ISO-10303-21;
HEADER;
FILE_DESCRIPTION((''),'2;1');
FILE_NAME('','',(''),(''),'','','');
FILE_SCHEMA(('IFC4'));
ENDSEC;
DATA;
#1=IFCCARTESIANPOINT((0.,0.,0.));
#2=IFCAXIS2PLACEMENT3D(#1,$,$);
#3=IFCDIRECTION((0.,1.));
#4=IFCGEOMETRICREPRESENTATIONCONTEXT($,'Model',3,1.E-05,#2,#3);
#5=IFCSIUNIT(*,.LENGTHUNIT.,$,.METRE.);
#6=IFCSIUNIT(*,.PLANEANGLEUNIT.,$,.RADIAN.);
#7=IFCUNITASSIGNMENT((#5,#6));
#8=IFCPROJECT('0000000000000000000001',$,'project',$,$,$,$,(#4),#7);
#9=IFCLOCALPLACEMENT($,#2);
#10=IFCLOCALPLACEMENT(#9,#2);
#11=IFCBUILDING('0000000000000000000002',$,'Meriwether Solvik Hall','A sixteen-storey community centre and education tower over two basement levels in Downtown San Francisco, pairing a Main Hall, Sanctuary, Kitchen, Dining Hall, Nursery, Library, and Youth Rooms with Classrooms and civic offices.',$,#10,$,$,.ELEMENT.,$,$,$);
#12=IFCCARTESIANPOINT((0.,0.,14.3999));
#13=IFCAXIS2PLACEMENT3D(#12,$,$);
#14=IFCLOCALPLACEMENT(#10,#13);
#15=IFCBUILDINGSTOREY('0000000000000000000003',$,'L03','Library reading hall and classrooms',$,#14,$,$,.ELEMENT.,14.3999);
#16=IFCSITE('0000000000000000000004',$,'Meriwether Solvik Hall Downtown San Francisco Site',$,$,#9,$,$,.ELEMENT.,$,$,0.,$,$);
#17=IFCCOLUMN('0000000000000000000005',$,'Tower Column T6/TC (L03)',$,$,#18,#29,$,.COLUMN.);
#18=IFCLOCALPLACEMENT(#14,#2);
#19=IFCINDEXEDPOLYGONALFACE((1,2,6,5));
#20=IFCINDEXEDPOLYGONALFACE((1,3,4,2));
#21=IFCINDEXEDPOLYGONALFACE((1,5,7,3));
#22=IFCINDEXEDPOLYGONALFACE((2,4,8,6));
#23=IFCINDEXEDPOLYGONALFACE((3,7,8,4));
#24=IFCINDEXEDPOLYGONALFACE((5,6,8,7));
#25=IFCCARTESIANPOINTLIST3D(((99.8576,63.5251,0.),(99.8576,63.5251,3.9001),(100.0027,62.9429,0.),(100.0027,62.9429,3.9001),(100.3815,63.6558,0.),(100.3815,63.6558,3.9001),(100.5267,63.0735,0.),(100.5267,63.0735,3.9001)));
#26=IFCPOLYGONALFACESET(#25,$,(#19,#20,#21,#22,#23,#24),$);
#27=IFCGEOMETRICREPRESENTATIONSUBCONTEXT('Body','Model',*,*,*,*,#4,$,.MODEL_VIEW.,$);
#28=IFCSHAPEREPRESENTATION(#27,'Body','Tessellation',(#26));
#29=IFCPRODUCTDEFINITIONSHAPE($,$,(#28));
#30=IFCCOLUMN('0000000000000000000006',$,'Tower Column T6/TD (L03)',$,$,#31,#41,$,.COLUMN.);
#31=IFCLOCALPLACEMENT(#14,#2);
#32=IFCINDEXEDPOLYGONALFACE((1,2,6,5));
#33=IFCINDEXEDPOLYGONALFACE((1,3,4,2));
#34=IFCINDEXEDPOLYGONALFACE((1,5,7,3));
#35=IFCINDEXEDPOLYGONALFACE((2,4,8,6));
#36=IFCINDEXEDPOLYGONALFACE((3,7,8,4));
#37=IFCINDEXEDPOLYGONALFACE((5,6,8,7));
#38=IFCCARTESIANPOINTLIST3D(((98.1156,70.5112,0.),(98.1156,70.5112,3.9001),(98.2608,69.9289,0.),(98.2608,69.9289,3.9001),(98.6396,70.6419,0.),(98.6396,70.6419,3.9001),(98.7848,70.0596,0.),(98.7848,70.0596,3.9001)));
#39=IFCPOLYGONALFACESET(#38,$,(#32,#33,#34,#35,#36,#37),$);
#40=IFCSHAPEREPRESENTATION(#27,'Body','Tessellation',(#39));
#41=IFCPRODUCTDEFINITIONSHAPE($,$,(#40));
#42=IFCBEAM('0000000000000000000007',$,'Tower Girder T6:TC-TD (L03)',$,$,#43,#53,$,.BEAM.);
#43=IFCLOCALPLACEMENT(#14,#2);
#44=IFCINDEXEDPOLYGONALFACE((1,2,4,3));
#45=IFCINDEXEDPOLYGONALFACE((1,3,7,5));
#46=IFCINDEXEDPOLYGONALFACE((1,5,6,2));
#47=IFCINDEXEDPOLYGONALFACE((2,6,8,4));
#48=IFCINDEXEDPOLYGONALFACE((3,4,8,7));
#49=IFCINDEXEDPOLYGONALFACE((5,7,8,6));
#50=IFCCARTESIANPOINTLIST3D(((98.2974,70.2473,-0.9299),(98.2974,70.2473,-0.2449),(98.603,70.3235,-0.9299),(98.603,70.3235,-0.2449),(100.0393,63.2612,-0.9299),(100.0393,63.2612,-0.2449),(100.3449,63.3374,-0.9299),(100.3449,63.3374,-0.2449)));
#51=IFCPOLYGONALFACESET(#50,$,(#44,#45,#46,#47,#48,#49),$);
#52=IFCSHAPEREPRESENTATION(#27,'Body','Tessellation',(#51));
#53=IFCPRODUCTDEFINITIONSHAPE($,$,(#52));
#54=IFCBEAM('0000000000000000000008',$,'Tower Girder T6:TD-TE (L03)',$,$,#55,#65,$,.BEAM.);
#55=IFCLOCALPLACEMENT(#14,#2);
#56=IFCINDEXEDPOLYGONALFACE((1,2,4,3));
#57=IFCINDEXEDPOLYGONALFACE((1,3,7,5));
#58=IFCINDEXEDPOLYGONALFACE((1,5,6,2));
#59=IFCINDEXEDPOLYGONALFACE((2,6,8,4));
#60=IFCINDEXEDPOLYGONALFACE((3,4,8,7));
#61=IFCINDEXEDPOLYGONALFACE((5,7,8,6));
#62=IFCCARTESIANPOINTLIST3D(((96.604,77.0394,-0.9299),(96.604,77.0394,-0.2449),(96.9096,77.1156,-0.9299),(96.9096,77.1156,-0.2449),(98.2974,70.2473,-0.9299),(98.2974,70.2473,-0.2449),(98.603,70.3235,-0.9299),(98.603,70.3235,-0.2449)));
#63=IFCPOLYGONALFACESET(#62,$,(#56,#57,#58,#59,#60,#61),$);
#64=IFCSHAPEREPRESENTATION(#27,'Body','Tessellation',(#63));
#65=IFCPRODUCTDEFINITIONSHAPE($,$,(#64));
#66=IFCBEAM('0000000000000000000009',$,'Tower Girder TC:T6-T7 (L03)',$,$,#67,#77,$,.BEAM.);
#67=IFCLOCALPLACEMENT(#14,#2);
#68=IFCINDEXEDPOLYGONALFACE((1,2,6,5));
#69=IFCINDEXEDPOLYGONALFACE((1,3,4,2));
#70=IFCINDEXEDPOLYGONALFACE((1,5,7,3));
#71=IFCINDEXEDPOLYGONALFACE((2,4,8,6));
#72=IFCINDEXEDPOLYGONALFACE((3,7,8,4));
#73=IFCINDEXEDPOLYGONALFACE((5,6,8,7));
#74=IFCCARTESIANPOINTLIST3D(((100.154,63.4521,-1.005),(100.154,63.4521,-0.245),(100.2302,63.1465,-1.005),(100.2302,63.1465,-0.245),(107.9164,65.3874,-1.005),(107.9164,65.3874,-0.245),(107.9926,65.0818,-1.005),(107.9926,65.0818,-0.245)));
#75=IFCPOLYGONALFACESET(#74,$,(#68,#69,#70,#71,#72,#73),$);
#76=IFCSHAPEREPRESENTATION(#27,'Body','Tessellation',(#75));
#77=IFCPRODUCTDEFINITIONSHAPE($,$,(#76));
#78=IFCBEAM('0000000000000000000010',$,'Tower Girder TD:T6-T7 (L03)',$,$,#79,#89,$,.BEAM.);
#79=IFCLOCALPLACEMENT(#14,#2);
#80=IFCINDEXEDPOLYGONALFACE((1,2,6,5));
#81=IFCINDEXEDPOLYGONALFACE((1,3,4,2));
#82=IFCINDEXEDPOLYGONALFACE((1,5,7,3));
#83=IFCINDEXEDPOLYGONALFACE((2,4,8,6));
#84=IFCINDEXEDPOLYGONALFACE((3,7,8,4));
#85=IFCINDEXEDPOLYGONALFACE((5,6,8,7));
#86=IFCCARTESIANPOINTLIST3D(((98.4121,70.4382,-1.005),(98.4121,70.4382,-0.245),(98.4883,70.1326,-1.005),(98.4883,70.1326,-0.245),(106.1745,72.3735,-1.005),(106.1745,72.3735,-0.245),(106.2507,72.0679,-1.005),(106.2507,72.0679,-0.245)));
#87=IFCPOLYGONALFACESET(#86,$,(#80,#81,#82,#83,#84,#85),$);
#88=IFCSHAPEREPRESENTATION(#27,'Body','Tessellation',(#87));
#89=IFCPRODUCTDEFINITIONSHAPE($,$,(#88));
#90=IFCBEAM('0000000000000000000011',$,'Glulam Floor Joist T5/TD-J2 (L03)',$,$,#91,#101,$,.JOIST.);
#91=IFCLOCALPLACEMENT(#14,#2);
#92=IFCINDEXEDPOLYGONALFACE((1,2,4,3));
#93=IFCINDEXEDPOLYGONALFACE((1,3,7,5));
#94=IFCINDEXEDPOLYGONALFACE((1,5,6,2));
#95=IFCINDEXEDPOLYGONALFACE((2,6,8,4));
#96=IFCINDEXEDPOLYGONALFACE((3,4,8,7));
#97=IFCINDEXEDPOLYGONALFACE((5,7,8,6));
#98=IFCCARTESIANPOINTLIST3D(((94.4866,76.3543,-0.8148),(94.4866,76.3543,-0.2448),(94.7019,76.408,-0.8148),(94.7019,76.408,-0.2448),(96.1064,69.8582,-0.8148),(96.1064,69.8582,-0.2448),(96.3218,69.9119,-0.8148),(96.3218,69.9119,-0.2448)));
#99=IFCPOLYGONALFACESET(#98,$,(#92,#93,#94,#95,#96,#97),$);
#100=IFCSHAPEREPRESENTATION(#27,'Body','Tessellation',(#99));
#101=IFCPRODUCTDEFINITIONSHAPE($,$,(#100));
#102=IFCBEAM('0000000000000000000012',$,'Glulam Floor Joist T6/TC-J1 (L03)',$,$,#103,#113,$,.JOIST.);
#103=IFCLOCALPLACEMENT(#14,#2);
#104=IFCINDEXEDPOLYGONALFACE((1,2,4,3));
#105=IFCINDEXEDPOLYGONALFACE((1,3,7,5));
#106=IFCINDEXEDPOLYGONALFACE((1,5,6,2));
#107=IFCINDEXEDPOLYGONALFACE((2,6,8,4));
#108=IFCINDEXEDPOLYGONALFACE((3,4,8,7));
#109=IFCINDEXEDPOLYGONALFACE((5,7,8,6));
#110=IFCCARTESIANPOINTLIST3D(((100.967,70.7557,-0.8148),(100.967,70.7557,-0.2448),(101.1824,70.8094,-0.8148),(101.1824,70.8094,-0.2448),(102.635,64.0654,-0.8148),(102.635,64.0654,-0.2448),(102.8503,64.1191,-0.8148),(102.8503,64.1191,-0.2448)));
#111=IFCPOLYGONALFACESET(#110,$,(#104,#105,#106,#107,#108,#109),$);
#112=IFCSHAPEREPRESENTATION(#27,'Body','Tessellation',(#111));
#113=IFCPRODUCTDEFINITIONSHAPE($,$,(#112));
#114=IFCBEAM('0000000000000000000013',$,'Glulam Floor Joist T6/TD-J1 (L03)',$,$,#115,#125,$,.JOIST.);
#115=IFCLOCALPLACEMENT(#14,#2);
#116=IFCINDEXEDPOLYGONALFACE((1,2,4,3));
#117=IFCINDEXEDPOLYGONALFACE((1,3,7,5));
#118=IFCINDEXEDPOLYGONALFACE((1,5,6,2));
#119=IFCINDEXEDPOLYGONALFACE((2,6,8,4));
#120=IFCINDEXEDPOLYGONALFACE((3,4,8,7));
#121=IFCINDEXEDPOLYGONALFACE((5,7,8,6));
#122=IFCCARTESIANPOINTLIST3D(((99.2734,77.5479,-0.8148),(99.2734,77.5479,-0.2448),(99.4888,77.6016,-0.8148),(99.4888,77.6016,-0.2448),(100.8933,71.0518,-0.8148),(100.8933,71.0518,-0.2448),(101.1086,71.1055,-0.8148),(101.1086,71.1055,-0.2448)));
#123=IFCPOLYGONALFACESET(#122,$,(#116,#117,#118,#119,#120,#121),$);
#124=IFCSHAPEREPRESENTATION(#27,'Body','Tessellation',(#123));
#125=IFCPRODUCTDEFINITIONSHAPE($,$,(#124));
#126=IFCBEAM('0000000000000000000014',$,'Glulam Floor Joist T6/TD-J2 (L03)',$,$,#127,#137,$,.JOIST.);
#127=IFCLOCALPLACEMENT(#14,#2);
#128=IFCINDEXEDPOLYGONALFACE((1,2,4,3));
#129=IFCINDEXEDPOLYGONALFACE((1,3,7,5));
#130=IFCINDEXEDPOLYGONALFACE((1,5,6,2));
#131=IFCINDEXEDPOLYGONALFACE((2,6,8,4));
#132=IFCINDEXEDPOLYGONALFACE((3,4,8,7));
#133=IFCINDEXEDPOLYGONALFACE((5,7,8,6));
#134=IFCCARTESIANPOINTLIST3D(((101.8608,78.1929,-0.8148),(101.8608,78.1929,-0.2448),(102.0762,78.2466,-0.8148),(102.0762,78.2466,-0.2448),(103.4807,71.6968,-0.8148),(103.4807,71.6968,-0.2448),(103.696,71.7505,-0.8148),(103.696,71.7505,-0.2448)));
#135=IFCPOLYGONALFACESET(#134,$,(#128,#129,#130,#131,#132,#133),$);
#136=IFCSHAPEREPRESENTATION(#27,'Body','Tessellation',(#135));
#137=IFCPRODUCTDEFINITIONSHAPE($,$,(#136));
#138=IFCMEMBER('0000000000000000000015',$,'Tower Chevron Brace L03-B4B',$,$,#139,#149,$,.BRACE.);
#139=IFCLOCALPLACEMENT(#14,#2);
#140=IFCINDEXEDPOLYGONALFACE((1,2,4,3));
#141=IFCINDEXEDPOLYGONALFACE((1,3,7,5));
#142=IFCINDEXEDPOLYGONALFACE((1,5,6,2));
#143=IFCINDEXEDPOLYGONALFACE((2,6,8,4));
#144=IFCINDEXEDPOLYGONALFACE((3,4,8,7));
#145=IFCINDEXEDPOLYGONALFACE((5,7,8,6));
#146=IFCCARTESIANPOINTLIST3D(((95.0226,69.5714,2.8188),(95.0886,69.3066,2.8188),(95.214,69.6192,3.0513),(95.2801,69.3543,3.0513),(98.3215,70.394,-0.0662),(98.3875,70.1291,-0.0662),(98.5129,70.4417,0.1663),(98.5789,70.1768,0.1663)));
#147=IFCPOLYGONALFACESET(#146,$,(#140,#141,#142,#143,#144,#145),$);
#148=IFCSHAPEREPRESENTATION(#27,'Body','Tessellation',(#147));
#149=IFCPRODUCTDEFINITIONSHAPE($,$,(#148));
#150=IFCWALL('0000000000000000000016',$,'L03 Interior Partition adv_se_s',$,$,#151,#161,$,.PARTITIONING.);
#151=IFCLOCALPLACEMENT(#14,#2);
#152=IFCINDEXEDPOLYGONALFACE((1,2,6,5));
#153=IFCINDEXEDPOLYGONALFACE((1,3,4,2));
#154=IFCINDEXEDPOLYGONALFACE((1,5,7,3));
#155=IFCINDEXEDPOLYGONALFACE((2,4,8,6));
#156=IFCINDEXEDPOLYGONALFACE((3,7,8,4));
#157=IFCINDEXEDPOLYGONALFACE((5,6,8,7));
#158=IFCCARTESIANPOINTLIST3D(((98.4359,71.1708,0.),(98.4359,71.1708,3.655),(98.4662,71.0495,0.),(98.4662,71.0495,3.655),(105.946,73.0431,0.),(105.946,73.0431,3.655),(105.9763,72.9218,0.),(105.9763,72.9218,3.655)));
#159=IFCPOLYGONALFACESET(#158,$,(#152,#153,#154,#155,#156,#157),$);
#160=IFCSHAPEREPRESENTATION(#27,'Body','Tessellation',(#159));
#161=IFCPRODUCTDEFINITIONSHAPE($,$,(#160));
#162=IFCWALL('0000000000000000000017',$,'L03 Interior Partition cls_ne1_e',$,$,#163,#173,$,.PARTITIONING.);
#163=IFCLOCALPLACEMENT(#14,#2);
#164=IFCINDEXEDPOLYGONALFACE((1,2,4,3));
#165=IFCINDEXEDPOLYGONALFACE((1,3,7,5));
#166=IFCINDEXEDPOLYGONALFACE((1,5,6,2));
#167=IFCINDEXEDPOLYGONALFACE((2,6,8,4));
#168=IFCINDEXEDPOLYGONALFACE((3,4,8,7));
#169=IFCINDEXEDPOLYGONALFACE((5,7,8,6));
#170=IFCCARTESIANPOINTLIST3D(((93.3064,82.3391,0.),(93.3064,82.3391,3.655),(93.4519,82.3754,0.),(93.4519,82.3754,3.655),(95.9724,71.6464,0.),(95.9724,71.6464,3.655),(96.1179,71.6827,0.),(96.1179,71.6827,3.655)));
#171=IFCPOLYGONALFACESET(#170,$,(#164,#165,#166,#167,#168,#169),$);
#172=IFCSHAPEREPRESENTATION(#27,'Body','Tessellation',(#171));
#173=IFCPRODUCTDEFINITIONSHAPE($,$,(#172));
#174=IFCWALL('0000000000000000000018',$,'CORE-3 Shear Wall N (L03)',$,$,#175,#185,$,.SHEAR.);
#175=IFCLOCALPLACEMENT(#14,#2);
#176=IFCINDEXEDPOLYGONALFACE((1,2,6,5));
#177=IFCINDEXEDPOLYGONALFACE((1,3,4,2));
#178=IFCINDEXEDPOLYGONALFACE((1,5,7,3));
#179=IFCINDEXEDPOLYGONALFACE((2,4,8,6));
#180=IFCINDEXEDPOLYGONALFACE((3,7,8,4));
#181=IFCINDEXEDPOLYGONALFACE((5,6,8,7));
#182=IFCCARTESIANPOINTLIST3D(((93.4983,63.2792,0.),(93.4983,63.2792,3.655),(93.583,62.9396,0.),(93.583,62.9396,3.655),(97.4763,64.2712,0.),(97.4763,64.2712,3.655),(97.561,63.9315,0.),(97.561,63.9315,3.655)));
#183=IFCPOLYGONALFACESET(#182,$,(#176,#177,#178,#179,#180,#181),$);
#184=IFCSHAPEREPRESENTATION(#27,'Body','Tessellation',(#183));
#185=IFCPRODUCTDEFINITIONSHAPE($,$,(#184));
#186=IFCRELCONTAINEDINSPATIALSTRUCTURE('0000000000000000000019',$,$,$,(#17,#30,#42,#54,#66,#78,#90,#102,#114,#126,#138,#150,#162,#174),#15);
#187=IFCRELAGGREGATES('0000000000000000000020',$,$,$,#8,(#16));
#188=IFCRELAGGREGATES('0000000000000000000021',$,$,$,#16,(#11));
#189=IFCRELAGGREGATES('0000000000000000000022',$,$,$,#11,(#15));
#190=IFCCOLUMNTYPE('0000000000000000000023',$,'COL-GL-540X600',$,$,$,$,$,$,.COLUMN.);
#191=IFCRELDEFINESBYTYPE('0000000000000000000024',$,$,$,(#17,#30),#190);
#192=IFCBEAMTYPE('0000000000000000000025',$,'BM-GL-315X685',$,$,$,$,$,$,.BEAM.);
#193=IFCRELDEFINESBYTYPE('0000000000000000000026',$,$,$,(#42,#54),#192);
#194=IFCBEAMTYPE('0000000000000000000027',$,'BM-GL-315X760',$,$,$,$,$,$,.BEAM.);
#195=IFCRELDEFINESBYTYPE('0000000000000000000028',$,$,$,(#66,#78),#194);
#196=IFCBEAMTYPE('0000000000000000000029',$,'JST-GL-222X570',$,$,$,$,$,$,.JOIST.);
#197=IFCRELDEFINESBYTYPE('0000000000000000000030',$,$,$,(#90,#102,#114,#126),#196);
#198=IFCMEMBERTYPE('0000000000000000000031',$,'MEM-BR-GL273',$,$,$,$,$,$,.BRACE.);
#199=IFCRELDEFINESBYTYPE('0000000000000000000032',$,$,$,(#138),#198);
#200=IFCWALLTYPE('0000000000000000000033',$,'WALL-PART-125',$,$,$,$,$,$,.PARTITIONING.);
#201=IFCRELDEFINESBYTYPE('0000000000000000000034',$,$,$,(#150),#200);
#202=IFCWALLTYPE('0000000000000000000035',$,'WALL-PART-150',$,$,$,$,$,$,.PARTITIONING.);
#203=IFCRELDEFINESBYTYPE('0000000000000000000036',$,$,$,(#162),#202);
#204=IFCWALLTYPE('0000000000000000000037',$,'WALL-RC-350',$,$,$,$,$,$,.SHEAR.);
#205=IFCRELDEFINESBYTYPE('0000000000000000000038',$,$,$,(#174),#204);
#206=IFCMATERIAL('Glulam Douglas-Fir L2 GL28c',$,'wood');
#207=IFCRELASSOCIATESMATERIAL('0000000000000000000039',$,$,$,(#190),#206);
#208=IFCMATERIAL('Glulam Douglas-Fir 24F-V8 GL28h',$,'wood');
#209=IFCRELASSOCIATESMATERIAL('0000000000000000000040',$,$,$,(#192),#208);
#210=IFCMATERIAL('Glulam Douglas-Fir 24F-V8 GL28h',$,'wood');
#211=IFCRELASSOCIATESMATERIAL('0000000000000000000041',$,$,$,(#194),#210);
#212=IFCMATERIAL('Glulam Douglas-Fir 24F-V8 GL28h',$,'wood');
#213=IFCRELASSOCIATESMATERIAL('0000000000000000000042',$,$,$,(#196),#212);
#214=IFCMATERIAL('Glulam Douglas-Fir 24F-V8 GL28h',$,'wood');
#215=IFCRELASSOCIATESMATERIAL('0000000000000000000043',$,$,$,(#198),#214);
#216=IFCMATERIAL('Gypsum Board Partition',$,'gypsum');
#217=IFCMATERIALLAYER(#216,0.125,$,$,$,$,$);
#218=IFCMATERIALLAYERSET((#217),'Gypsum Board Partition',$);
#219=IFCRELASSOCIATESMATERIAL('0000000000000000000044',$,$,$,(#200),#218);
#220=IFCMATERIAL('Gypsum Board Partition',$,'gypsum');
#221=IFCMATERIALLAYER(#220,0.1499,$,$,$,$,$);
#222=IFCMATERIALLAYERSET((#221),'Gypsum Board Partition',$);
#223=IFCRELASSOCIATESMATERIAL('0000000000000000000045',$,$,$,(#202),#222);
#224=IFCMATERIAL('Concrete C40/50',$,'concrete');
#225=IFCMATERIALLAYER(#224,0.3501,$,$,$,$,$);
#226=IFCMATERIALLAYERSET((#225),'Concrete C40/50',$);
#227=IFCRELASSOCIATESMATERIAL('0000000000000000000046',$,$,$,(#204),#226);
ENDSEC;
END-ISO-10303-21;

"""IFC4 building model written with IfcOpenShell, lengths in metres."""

from ifc_helpers import new_model, si_unit, direction, frame, frame_2d, origin, origin_2d, place, context, subcontext, project, spatial, rectangle, extrude, material, layer, layer_set, material_profile, profile_set, type_object, element, save


model = new_model("IFC4")

# Units and contexts
model_context = context("Model", 3, precision=1e-05, world=origin(), true_north=direction((0.0, 1.0)))
body_context = subcontext(model_context, "Body", "Model", "MODEL_VIEW")
ifc_project = project(units=[si_unit("LENGTHUNIT", "METRE"), si_unit("PLANEANGLEUNIT", "RADIAN")], contexts=[model_context])

# Site, building, storey
site_placement = place(None, origin())
site = spatial("IfcSite", under=ifc_project, at=site_placement, Name="Meriwether Solvik Hall Downtown San Francisco Site", CompositionType="ELEMENT", RefElevation=0.0)
building_placement = place(site_placement, origin())
building = spatial("IfcBuilding", under=site, at=building_placement, Name="Meriwether Solvik Hall", Description="A sixteen-storey community centre and education tower over two basement levels in Downtown San Francisco, pairing a Main Hall, Sanctuary, Kitchen, Dining Hall, Nursery, Library, and Youth Rooms with Classrooms and civic offices.", CompositionType="ELEMENT")
storey_placement = place(building_placement, frame((0.0, 0.0, 14.3999)))
storey = spatial("IfcBuildingStorey", under=building, at=storey_placement, Name="L03", Description="Library reading hall and classrooms", CompositionType="ELEMENT", Elevation=14.3999)

# Columns
ifc_material_1 = material(Name="Glulam Douglas-Fir L2 GL28c", Category="wood")
ifc_material_profile_1 = material_profile(ifc_material_1, rectangle(XDim=0.54, YDim=0.6001, at=origin_2d()), Name="GLC-540X600")
ifc_profile_set_1 = profile_set([ifc_material_profile_1], Name="Glulam Douglas-Fir L2 GL28c")
column_type = type_object("IfcColumnType", Name="COL-GL-540X600", PredefinedType="COLUMN", material=ifc_profile_set_1)
for number, where, z_axis, x_axis, name in (
    (1, (100.1921, 63.2993, 0.0), (0.0, 0.0, 1.0), (0.970296, 0.241922, 0.0), "Tower Column T6/TC (L03)"),
    (2, (98.4502, 70.2854, 0.0), (0.0, 0.0, 1.0), (0.970296, 0.241922, 0.0), "Tower Column T6/TD (L03)"),
):
    element("IfcColumn", number, at=place(storey_placement, frame(where, z_axis=z_axis, x_axis=x_axis)), inside=storey, type_object=column_type, Name=name, PredefinedType="COLUMN", context=body_context, shape_type="SweptSolid", body=[
        extrude(rectangle(XDim=0.54, YDim=0.6001, at=origin_2d()), origin(), (0.0, 0.0, 1.0), 3.9001),
    ])

# Beams
ifc_material_2 = material(Name="Glulam Douglas-Fir 24F-V8 GL28h", Category="wood")
ifc_material_profile_2 = material_profile(ifc_material_2, rectangle(XDim=0.3149, YDim=0.6851, at=origin_2d()), Name="GLB-315X685")
ifc_profile_set_2 = profile_set([ifc_material_profile_2], Name="Glulam Douglas-Fir 24F-V8 GL28h")
beam_type_1 = type_object("IfcBeamType", Name="BM-GL-315X685", PredefinedType="BEAM", material=ifc_profile_set_2)
beam_1_placement = place(storey_placement, frame((100.1921, 63.2993, -0.5874), z_axis=(-0.241937, 0.970292, 0.0), x_axis=(-0.970292, -0.241937, 0.0)))
element("IfcBeam", 3, at=beam_1_placement, inside=storey, type_object=beam_type_1, Name="Tower Girder T6:TC-TD (L03)", PredefinedType="BEAM", context=body_context, shape_type="SweptSolid", body=[
    extrude(rectangle(XDim=0.3149, YDim=0.6851, at=origin_2d()), origin(), (0.0, 0.0, 1.0), 7.2),
])
beam_2_placement = place(storey_placement, frame((98.4502, 70.2854, -0.5874), z_axis=(-0.241912, 0.970298, 0.0), x_axis=(-0.970298, -0.241912, 0.0)))
element("IfcBeam", 4, at=beam_2_placement, inside=storey, type_object=beam_type_1, Name="Tower Girder T6:TD-TE (L03)", PredefinedType="BEAM", context=body_context, shape_type="SweptSolid", body=[
    extrude(rectangle(XDim=0.3149, YDim=0.6851, at=origin_2d()), origin(), (0.0, 0.0, 1.0), 7.0),
])
ifc_material_3 = material(Name="Glulam Douglas-Fir 24F-V8 GL28h", Category="wood")
ifc_material_profile_3 = material_profile(ifc_material_3, rectangle(XDim=0.3149, YDim=0.76, at=origin_2d()), Name="GLB-315X760")
ifc_profile_set_3 = profile_set([ifc_material_profile_3], Name="Glulam Douglas-Fir 24F-V8 GL28h")
beam_type_2 = type_object("IfcBeamType", Name="BM-GL-315X760", PredefinedType="BEAM", material=ifc_profile_set_3)
for number, where, z_axis, x_axis, name in (
    (5, (100.1921, 63.2993, -0.625), (0.970298, 0.241911, 0.0), (-0.241911, 0.970298, 0.0), "Tower Girder TC:T6-T7 (L03)"),
    (6, (98.4502, 70.2854, -0.625), (0.970298, 0.241911, 0.0), (-0.241911, 0.970298, 0.0), "Tower Girder TD:T6-T7 (L03)"),
):
    element("IfcBeam", number, at=place(storey_placement, frame(where, z_axis=z_axis, x_axis=x_axis)), inside=storey, type_object=beam_type_2, Name=name, PredefinedType="BEAM", context=body_context, shape_type="SweptSolid", body=[
        extrude(rectangle(XDim=0.3149, YDim=0.76, at=origin_2d()), origin(), (0.0, 0.0, 1.0), 8.0),
    ])
ifc_material_4 = material(Name="Glulam Douglas-Fir 24F-V8 GL28h", Category="wood")
ifc_material_profile_4 = material_profile(ifc_material_4, rectangle(XDim=0.2219, YDim=0.5701, at=origin_2d()), Name="GLJ-222X570")
ifc_profile_set_4 = profile_set([ifc_material_profile_4], Name="Glulam Douglas-Fir 24F-V8 GL28h")
beam_type_3 = type_object("IfcBeamType", Name="JST-GL-222X570", PredefinedType="JOIST", material=ifc_profile_set_4)
beam_3_placement = place(storey_placement, frame((96.2141, 69.885, -0.5298), z_axis=(-0.241952, 0.970288, 0.0), x_axis=(-0.970288, -0.241952, 0.0)))
element("IfcBeam", 7, at=beam_3_placement, inside=storey, type_object=beam_type_3, Name="Glulam Floor Joist T5/TD-J2 (L03)", PredefinedType="JOIST", context=body_context, shape_type="SweptSolid", body=[
    extrude(rectangle(XDim=0.2219, YDim=0.5701, at=origin_2d()), origin(), (0.0, 0.0, 1.0), 6.6951),
])
beam_4_placement = place(storey_placement, frame((102.7427, 64.0923, -0.5298), z_axis=(-0.241911, 0.970299, 0.0), x_axis=(-0.970299, -0.241911, 0.0)))
element("IfcBeam", 8, at=beam_4_placement, inside=storey, type_object=beam_type_3, Name="Glulam Floor Joist T6/TC-J1 (L03)", PredefinedType="JOIST", context=body_context, shape_type="SweptSolid", body=[
    extrude(rectangle(XDim=0.2219, YDim=0.5701, at=origin_2d()), origin(), (0.0, 0.0, 1.0), 6.895),
])
for number, where, z_axis, x_axis, name in (
    (9, (101.001, 71.0786, -0.5298), (-0.241952, 0.970288, 0.0), (-0.970288, -0.241952, 0.0), "Glulam Floor Joist T6/TD-J1 (L03)"),
    (10, (103.5884, 71.7236, -0.5298), (-0.241952, 0.970288, 0.0), (-0.970288, -0.241952, 0.0), "Glulam Floor Joist T6/TD-J2 (L03)"),
):
    element("IfcBeam", number, at=place(storey_placement, frame(where, z_axis=z_axis, x_axis=x_axis)), inside=storey, type_object=beam_type_3, Name=name, PredefinedType="JOIST", context=body_context, shape_type="SweptSolid", body=[
        extrude(rectangle(XDim=0.2219, YDim=0.5701, at=origin_2d()), origin(), (0.0, 0.0, 1.0), 6.6951),
    ])

# Member
ifc_material_5 = material(Name="Glulam Douglas-Fir 24F-V8 GL28h", Category="wood")
ifc_material_profile_5 = material_profile(ifc_material_5, rectangle(XDim=0.2729, YDim=0.3049, at=origin_2d()), Name="GLM-273X305")
ifc_profile_set_5 = profile_set([ifc_material_profile_5], Name="Glulam Douglas-Fir 24F-V8 GL28h")
member_type = type_object("IfcMemberType", Name="MEM-BR-GL273", PredefinedType="BRACE", material=ifc_profile_set_5)
member_placement = place(storey_placement, frame((98.4502, 70.2854, 0.05), z_axis=(-0.739825, -0.184463, 0.647018), x_axis=(0.241927, -0.970294, 0.0)))
element("IfcMember", 11, at=member_placement, inside=storey, type_object=member_type, Name="Tower Chevron Brace L03-B4B", PredefinedType="BRACE", context=body_context, shape_type="SweptSolid", body=[
    extrude(rectangle(XDim=0.2729, YDim=0.3049, at=origin_2d()), origin(), (0.0, 0.0, 1.0), 4.459),
])

# Walls
ifc_material_6 = material(Name="Gypsum Board Partition", Category="gypsum")
ifc_layer_1 = layer(ifc_material_6, 0.125)
ifc_layer_set_1 = layer_set([ifc_layer_1], Name="Gypsum Board Partition")
wall_type_1 = type_object("IfcWallType", Name="WALL-PART-125", PredefinedType="PARTITIONING", material=ifc_layer_set_1)
wall_1_placement = place(storey_placement, frame((98.4509, 71.1101, 0.0), z_axis=(0.0, 0.0, 1.0), x_axis=(0.9703, 0.241905, 0.0)))
element("IfcWall", 12, at=wall_1_placement, inside=storey, type_object=wall_type_1, Name="L03 Interior Partition adv_se_s", PredefinedType="PARTITIONING", context=body_context, shape_type="SweptSolid", body=[
    extrude(rectangle(XDim=7.74, YDim=0.125, at=frame_2d((3.8701, 0.0))), origin(), (0.0, 0.0, 1.0), 3.655),
])
ifc_material_7 = material(Name="Gypsum Board Partition", Category="gypsum")
ifc_layer_2 = layer(ifc_material_7, 0.1499)
ifc_layer_set_2 = layer_set([ifc_layer_2], Name="Gypsum Board Partition")
wall_type_2 = type_object("IfcWallType", Name="WALL-PART-150", PredefinedType="PARTITIONING", material=ifc_layer_set_2)
wall_2_placement = place(storey_placement, frame((96.0452, 71.6646, 0.0), z_axis=(0.0, 0.0, 1.0), x_axis=(-0.241926, 0.970295, 0.0)))
element("IfcWall", 13, at=wall_2_placement, inside=storey, type_object=wall_type_2, Name="L03 Interior Partition cls_ne1_e", PredefinedType="PARTITIONING", context=body_context, shape_type="SweptSolid", body=[
    extrude(rectangle(XDim=11.02, YDim=0.1499, at=frame_2d((5.51, 0.0))), origin(), (0.0, 0.0, 1.0), 3.655),
])
ifc_material_8 = material(Name="Concrete C40/50", Category="concrete")
ifc_layer_3 = layer(ifc_material_8, 0.3501)
ifc_layer_set_3 = layer_set([ifc_layer_3], Name="Concrete C40/50")
wall_type_3 = type_object("IfcWallType", Name="WALL-RC-350", PredefinedType="SHEAR", material=ifc_layer_set_3)
wall_3_placement = place(storey_placement, frame((97.5186, 64.1013, 0.0), z_axis=(0.0, 0.0, 1.0), x_axis=(-0.970289, -0.241947, 0.0)))
element("IfcWall", 14, at=wall_3_placement, inside=storey, type_object=wall_type_3, Name="CORE-3 Shear Wall N (L03)", PredefinedType="SHEAR", context=body_context, shape_type="SweptSolid", body=[
    extrude(rectangle(XDim=4.0999, YDim=0.3501, at=frame_2d((2.0498, 0.0))), origin(), (0.0, 0.0, 1.0), 3.655),
])

save(model, "model.ifc")
